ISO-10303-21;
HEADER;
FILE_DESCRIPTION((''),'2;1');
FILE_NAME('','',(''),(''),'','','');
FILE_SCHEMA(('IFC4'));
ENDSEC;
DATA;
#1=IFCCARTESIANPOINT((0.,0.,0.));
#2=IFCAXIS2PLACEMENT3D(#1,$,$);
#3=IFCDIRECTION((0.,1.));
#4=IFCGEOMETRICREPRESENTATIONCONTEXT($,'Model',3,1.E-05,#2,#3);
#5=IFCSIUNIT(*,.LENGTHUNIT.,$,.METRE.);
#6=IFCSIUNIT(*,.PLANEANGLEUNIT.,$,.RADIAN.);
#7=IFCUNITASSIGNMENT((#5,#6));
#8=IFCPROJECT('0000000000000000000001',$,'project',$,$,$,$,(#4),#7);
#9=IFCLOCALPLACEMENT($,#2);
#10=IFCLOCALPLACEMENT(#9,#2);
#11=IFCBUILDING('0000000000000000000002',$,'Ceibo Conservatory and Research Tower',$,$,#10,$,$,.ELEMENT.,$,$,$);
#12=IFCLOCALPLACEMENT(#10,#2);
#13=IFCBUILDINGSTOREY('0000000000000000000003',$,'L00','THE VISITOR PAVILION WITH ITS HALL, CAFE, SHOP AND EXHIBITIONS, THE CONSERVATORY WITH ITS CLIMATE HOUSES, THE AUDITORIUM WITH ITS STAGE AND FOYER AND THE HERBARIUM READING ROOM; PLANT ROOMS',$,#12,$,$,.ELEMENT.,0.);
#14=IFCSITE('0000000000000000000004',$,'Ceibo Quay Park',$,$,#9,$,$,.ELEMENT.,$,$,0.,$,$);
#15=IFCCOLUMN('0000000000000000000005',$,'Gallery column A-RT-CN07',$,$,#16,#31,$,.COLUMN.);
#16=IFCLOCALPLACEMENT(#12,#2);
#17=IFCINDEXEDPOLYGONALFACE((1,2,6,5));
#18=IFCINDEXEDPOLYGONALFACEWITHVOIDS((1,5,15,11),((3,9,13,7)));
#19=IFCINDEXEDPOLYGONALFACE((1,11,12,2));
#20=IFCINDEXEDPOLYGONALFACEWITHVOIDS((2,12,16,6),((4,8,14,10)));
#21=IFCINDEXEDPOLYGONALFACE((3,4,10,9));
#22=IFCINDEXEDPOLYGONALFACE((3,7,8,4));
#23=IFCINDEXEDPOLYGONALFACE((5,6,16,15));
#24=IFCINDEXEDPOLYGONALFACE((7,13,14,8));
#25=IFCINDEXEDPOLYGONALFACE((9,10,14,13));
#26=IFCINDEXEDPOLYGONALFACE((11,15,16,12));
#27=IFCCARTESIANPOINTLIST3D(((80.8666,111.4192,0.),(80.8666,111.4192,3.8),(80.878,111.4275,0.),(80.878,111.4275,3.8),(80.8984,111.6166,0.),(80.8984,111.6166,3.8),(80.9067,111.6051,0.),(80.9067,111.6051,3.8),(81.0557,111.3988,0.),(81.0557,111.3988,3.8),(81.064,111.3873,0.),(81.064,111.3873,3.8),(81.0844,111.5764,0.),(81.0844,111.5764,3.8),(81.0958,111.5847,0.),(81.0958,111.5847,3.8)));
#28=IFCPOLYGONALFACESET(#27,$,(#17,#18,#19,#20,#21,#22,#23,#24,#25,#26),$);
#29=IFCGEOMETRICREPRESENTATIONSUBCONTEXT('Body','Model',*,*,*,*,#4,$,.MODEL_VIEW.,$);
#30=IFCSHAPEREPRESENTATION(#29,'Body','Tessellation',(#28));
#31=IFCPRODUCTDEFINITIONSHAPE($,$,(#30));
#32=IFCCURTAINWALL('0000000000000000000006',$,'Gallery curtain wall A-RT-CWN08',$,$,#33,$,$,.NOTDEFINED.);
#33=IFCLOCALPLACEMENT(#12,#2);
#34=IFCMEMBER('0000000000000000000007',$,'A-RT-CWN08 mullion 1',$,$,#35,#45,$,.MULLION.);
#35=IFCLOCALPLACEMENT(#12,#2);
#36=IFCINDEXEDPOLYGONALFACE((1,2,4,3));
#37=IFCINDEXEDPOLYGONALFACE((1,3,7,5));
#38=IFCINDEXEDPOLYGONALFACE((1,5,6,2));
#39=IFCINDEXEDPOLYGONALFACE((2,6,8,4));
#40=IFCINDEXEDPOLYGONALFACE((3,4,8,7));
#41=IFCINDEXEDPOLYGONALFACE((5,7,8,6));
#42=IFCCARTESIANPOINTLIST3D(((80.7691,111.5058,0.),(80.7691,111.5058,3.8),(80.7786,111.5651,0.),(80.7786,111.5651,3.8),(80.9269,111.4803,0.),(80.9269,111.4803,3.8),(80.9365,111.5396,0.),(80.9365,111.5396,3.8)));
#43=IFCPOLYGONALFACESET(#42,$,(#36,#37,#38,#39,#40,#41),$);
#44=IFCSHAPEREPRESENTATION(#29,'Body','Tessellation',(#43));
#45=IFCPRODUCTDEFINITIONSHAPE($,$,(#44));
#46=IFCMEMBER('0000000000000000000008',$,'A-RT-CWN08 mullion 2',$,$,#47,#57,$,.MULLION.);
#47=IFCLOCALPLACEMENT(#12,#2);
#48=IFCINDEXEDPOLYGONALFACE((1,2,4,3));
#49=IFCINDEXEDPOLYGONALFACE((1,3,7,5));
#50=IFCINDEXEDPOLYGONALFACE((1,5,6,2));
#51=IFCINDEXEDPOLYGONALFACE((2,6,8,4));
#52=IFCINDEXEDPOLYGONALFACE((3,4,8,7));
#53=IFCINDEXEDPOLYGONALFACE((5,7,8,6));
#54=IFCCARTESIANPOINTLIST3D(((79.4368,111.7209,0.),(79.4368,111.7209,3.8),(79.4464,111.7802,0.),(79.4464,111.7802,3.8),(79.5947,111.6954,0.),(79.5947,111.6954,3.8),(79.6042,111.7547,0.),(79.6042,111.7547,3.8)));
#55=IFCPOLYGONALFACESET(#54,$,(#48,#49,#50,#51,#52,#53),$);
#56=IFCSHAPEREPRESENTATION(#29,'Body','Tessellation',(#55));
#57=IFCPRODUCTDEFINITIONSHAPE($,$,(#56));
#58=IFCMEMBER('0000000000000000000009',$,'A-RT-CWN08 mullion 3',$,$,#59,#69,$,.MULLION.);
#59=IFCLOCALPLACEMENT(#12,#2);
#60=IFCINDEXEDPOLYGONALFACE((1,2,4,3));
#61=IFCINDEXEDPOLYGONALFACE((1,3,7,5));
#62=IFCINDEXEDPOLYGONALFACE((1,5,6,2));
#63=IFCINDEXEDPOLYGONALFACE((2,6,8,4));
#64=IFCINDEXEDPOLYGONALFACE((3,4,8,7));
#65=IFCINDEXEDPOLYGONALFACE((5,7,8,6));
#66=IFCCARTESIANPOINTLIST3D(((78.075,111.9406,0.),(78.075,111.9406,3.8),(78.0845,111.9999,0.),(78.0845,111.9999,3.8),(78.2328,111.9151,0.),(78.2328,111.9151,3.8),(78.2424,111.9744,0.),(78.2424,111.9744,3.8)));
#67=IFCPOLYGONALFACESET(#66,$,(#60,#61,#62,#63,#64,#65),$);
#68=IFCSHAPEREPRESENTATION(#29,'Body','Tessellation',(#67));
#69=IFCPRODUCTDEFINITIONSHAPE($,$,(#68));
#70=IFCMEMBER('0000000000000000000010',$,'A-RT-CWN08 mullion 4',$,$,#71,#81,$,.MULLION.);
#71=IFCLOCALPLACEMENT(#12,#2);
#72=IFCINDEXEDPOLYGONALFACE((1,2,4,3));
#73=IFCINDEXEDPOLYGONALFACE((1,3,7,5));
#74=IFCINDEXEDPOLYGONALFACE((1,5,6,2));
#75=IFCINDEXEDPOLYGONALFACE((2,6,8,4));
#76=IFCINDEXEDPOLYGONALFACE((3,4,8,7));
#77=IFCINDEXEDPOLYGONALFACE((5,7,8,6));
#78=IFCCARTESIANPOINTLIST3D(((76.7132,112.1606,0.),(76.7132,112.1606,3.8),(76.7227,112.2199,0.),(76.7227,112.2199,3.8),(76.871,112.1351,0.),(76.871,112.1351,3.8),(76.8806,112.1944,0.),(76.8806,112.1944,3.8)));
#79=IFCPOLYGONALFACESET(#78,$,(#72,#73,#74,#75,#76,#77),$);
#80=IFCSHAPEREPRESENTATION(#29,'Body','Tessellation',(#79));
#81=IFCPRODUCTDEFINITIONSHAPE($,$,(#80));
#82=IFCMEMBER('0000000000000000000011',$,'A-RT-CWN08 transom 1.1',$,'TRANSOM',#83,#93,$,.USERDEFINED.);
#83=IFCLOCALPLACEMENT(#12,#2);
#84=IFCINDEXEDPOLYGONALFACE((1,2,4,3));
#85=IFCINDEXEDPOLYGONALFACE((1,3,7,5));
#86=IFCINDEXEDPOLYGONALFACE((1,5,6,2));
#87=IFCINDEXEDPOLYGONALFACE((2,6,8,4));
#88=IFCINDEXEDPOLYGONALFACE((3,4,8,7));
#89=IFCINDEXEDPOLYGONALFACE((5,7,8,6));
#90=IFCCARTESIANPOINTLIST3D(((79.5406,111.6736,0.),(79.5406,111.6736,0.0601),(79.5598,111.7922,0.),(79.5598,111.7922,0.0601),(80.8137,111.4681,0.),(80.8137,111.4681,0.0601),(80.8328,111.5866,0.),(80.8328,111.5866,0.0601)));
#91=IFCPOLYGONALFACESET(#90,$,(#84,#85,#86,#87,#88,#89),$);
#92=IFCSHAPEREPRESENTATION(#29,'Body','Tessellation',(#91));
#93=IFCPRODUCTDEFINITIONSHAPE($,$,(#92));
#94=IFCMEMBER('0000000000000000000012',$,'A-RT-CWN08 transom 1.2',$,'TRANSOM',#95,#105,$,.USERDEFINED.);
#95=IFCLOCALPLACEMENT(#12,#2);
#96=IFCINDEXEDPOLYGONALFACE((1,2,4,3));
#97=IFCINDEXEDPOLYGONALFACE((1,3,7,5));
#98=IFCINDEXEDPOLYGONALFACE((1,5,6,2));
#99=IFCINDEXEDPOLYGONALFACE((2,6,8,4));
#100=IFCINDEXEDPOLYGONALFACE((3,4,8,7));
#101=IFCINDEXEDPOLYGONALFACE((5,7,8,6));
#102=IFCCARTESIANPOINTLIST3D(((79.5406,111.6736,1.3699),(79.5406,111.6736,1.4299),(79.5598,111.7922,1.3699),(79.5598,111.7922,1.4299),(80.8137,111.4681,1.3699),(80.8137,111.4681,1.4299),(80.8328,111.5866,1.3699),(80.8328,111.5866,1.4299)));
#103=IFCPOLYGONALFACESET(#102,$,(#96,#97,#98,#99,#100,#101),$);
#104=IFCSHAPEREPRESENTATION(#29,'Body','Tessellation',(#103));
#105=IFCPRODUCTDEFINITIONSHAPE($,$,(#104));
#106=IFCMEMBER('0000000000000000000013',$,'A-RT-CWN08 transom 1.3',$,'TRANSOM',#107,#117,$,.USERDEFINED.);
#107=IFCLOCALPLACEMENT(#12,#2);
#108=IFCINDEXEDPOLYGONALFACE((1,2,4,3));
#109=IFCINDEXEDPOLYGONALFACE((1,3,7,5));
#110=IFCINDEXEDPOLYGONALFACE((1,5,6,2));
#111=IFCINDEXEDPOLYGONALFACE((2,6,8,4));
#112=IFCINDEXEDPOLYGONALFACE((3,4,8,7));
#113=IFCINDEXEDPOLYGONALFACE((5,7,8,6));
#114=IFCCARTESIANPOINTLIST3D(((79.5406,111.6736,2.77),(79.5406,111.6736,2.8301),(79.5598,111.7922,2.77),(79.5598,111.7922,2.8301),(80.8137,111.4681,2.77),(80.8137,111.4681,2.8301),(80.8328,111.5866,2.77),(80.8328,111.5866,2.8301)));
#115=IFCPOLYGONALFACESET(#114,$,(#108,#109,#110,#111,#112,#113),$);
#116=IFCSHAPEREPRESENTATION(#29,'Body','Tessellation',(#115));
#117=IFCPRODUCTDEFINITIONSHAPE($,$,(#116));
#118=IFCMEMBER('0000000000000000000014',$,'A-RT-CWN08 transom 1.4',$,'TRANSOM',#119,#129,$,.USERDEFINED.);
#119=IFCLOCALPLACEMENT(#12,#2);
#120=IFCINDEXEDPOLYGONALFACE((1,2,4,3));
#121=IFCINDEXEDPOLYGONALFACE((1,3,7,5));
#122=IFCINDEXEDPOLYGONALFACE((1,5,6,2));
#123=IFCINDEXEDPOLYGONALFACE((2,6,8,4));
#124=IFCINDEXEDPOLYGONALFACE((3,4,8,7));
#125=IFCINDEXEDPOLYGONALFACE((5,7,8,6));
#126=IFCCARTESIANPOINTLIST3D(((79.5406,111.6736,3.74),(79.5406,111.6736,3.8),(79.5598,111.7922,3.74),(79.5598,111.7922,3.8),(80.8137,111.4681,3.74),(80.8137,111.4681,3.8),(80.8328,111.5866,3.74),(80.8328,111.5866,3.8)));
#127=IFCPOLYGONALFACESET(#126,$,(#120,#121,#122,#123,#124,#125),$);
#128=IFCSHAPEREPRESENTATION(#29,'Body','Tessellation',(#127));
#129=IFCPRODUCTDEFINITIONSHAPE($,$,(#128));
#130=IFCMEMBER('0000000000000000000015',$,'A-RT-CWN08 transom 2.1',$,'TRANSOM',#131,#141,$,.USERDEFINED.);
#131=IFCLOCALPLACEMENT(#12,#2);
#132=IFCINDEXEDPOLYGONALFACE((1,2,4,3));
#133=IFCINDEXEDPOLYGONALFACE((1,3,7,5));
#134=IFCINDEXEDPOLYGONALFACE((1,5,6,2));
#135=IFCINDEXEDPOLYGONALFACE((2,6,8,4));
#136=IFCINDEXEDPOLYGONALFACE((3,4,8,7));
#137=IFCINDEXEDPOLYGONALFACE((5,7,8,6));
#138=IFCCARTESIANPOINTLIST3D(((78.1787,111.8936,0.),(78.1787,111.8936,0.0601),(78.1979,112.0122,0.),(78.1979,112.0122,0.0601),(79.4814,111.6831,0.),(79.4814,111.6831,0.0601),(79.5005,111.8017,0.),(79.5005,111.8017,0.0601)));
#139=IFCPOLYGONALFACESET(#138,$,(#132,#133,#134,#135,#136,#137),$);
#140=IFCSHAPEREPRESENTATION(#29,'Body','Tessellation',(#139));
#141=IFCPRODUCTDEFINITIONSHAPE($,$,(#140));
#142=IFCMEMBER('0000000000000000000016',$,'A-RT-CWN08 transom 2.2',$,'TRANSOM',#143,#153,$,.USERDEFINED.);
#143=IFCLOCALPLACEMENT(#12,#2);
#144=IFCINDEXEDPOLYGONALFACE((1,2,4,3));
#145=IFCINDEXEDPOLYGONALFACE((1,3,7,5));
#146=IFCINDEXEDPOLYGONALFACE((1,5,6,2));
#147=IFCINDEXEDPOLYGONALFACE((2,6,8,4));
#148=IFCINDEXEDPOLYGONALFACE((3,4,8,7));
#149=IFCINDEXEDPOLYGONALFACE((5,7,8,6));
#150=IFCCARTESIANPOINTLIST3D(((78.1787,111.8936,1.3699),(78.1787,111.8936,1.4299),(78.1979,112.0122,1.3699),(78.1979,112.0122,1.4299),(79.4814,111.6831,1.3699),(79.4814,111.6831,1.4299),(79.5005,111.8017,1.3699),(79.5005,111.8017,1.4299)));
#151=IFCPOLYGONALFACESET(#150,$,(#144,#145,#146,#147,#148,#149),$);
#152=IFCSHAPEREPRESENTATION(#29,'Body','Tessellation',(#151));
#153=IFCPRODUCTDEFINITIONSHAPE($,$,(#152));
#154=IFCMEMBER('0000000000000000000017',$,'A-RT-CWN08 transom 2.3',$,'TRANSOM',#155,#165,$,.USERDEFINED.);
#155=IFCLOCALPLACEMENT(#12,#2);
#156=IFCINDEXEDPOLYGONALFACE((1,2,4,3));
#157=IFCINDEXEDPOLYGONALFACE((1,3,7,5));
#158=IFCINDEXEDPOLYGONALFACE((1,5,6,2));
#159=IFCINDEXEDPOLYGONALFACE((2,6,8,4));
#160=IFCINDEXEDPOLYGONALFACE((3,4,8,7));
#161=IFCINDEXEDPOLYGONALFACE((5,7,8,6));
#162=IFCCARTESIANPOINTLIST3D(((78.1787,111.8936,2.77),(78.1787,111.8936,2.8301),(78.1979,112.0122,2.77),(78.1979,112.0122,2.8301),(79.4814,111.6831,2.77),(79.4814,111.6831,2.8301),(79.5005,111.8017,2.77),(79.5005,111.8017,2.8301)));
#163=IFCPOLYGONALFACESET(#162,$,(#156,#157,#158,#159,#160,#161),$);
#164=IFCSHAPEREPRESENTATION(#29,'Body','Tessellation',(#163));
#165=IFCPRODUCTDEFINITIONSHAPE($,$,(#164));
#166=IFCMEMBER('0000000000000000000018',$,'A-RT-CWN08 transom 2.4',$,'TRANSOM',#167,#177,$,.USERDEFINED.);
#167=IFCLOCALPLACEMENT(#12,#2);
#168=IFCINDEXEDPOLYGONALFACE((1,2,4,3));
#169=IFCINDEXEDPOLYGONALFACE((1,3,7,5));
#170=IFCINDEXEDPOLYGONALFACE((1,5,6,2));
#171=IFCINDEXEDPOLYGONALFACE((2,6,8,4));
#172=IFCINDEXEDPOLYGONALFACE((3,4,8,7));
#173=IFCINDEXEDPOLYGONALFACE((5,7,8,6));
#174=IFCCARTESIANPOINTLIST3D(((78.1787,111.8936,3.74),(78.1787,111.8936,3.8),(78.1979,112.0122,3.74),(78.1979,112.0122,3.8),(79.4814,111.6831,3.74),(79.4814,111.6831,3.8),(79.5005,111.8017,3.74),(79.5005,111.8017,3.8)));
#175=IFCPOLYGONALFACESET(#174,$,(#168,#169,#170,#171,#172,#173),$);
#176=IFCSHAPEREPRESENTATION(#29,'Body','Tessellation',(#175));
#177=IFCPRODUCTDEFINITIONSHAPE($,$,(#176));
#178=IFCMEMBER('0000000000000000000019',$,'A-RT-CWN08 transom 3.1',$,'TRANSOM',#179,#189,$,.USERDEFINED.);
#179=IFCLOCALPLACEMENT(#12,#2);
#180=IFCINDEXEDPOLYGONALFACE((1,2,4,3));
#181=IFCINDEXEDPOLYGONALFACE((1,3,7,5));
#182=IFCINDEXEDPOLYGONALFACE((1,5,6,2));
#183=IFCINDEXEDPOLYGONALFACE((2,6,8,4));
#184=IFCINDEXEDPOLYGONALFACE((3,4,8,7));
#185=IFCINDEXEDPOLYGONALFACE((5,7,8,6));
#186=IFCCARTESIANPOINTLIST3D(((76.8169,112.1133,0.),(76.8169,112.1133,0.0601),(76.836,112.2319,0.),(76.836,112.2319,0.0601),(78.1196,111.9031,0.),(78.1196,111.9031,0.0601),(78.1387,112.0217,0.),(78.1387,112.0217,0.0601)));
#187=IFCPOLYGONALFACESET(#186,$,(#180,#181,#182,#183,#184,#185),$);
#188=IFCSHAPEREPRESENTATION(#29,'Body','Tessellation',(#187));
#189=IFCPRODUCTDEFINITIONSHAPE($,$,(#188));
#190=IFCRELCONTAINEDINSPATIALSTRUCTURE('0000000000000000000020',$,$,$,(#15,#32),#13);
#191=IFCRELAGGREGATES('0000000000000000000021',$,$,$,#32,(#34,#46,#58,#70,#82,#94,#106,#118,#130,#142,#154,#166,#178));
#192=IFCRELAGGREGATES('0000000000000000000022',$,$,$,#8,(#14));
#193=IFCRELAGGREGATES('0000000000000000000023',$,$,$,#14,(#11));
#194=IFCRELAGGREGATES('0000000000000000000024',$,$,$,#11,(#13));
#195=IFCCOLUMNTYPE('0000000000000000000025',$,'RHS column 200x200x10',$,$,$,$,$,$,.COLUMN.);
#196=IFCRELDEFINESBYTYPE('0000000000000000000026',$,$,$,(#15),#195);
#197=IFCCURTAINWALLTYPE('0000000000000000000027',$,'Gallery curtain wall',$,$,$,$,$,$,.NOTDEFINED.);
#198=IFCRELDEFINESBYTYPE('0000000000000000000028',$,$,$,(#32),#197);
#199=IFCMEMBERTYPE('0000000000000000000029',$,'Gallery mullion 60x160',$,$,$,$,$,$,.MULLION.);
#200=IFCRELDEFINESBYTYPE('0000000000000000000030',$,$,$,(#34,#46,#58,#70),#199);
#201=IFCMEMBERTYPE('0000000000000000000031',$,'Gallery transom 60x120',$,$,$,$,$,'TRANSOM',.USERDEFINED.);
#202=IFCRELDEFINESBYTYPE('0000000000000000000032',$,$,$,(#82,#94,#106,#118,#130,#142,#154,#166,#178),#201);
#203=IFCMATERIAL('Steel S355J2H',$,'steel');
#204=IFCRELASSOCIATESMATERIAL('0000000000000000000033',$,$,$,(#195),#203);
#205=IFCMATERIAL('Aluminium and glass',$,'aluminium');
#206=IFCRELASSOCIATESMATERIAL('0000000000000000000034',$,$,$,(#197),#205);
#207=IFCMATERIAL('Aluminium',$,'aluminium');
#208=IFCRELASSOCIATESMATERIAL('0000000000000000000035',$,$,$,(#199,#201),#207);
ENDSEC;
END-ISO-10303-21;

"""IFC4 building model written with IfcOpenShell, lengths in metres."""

from ifc_helpers import new_model, si_unit, direction, frame, origin, origin_2d, place, context, subcontext, project, spatial, rectangle, hollow_rectangle, extrude, material, material_profile, profile_set, type_object, element, aggregate, save


model = new_model("IFC4")

# Units and contexts
model_context = context("Model", 3, precision=1e-05, world=origin(), true_north=direction((0.0, 1.0)))
body_context = subcontext(model_context, "Body", "Model", "MODEL_VIEW")
ifc_project = project(units=[si_unit("LENGTHUNIT", "METRE"), si_unit("PLANEANGLEUNIT", "RADIAN")], contexts=[model_context])

# Site, building, storey
site_placement = place(None, origin())
site = spatial("IfcSite", under=ifc_project, at=site_placement, Name="Ceibo Quay Park", CompositionType="ELEMENT", RefElevation=0.0)
building_placement = place(site_placement, origin())
building = spatial("IfcBuilding", under=site, at=building_placement, Name="Ceibo Conservatory and Research Tower", CompositionType="ELEMENT")
storey_placement = place(building_placement, origin())
storey = spatial("IfcBuildingStorey", under=building, at=storey_placement, Name="L00", Description="THE VISITOR PAVILION WITH ITS HALL, CAFE, SHOP AND EXHIBITIONS, THE CONSERVATORY WITH ITS CLIMATE HOUSES, THE AUDITORIUM WITH ITS STAGE AND FOYER AND THE HERBARIUM READING ROOM; PLANT ROOMS", CompositionType="ELEMENT", Elevation=0.0)

# Column
ifc_material_1 = material(Name="Steel S355J2H", Category="steel")
ifc_material_profile_1 = material_profile(ifc_material_1, hollow_rectangle(XDim=0.2, YDim=0.2, WallThickness=0.01, at=origin_2d()), Name="RHS column 200x200x10")
ifc_profile_set_1 = profile_set([ifc_material_profile_1], Name="Steel S355J2H")
column_type = type_object("IfcColumnType", Name="RHS column 200x200x10", PredefinedType="COLUMN", material=ifc_profile_set_1)
column_placement = place(storey_placement, frame((80.9812, 111.502, 0.0), z_axis=(0.0, 0.0, 1.0), x_axis=(-0.987216, 0.159391, 0.0)))
element("IfcColumn", 1, at=column_placement, inside=storey, type_object=column_type, Name="Gallery column A-RT-CN07", PredefinedType="COLUMN", context=body_context, shape_type="SweptSolid", body=[
    extrude(hollow_rectangle(XDim=0.2, YDim=0.2, WallThickness=0.01, at=origin_2d()), origin(), (0.0, 0.0, 1.0), 3.8),
])

# Curtain wall, members
ifc_material_2 = material(Name="Aluminium and glass", Category="aluminium")
curtain_wall_type = type_object("IfcCurtainWallType", Name="Gallery curtain wall", PredefinedType="NOTDEFINED", material=ifc_material_2)
curtain_wall_placement = place(storey_placement, origin())
curtain_wall = element("IfcCurtainWall", 2, at=curtain_wall_placement, inside=storey, type_object=curtain_wall_type, Name="Gallery curtain wall A-RT-CWN08", PredefinedType="NOTDEFINED")
ifc_material_3 = material(Name="Aluminium", Category="aluminium")
ifc_material_profile_2 = material_profile(ifc_material_3, rectangle(XDim=0.0601, YDim=0.1599, at=origin_2d()), Name="AL 60x160")
ifc_profile_set_2 = profile_set([ifc_material_profile_2], Name="Aluminium")
member_type_1 = type_object("IfcMemberType", Name="Gallery mullion 60x160", PredefinedType="MULLION", material=ifc_profile_set_2)
member_1_placement = place(storey_placement, frame((80.8528, 111.5227, 0.0), z_axis=(0.0, 0.0, 1.0), x_axis=(-0.159391, -0.987216, 0.0)))
member_1 = element("IfcMember", 3, at=member_1_placement, type_object=member_type_1, Name="A-RT-CWN08 mullion 1", PredefinedType="MULLION", context=body_context, shape_type="SweptSolid", body=[
    extrude(rectangle(XDim=0.0601, YDim=0.1599, at=origin_2d()), origin(), (0.0, 0.0, 1.0), 3.8),
])
member_2_placement = place(storey_placement, frame((79.5205, 111.7378, 0.0), z_axis=(0.0, 0.0, 1.0), x_axis=(-0.159391, -0.987216, 0.0)))
member_2 = element("IfcMember", 4, at=member_2_placement, type_object=member_type_1, Name="A-RT-CWN08 mullion 2", PredefinedType="MULLION", context=body_context, shape_type="SweptSolid", body=[
    extrude(rectangle(XDim=0.0601, YDim=0.1599, at=origin_2d()), origin(), (0.0, 0.0, 1.0), 3.8),
])
member_3_placement = place(storey_placement, frame((78.1587, 111.9575, 0.0), z_axis=(0.0, 0.0, 1.0), x_axis=(-0.159391, -0.987216, 0.0)))
member_3 = element("IfcMember", 5, at=member_3_placement, type_object=member_type_1, Name="A-RT-CWN08 mullion 3", PredefinedType="MULLION", context=body_context, shape_type="SweptSolid", body=[
    extrude(rectangle(XDim=0.0601, YDim=0.1599, at=origin_2d()), origin(), (0.0, 0.0, 1.0), 3.8),
])
member_4_placement = place(storey_placement, frame((76.7969, 112.1775, 0.0), z_axis=(0.0, 0.0, 1.0), x_axis=(-0.159391, -0.987216, 0.0)))
member_4 = element("IfcMember", 6, at=member_4_placement, type_object=member_type_1, Name="A-RT-CWN08 mullion 4", PredefinedType="MULLION", context=body_context, shape_type="SweptSolid", body=[
    extrude(rectangle(XDim=0.0601, YDim=0.1599, at=origin_2d()), origin(), (0.0, 0.0, 1.0), 3.8),
])
ifc_material_profile_3 = material_profile(ifc_material_3, rectangle(XDim=0.1201, YDim=0.0601, at=origin_2d()), Name="AL 60x120")
ifc_profile_set_3 = profile_set([ifc_material_profile_3], Name="Aluminium")
member_type_2 = type_object("IfcMemberType", Name="Gallery transom 60x120", ElementType="TRANSOM", PredefinedType="USERDEFINED", material=ifc_profile_set_3)
member_5_placement = place(storey_placement, frame((80.8232, 111.5273, 0.03), z_axis=(-0.98721, 0.159423, 0.0), x_axis=(-0.159423, -0.98721, 0.0)))
member_5 = element("IfcMember", 7, at=member_5_placement, type_object=member_type_2, Name="A-RT-CWN08 transom 1.1", ObjectType="TRANSOM", PredefinedType="USERDEFINED", context=body_context, shape_type="SweptSolid", body=[
    extrude(rectangle(XDim=0.1201, YDim=0.0601, at=origin_2d()), origin(), (0.0, 0.0, 1.0), 1.2896),
])
member_6_placement = place(storey_placement, frame((80.8232, 111.5273, 1.3999), z_axis=(-0.98721, 0.159423, 0.0), x_axis=(-0.159423, -0.98721, 0.0)))
member_6 = element("IfcMember", 8, at=member_6_placement, type_object=member_type_2, Name="A-RT-CWN08 transom 1.2", ObjectType="TRANSOM", PredefinedType="USERDEFINED", context=body_context, shape_type="SweptSolid", body=[
    extrude(rectangle(XDim=0.1201, YDim=0.0601, at=origin_2d()), origin(), (0.0, 0.0, 1.0), 1.2896),
])
member_7_placement = place(storey_placement, frame((80.8232, 111.5273, 2.8), z_axis=(-0.98721, 0.159423, 0.0), x_axis=(-0.159423, -0.98721, 0.0)))
member_7 = element("IfcMember", 9, at=member_7_placement, type_object=member_type_2, Name="A-RT-CWN08 transom 1.3", ObjectType="TRANSOM", PredefinedType="USERDEFINED", context=body_context, shape_type="SweptSolid", body=[
    extrude(rectangle(XDim=0.1201, YDim=0.0601, at=origin_2d()), origin(), (0.0, 0.0, 1.0), 1.2896),
])
member_8_placement = place(storey_placement, frame((80.8232, 111.5273, 3.77), z_axis=(-0.98721, 0.159423, 0.0), x_axis=(-0.159423, -0.98721, 0.0)))
member_8 = element("IfcMember", 10, at=member_8_placement, type_object=member_type_2, Name="A-RT-CWN08 transom 1.4", ObjectType="TRANSOM", PredefinedType="USERDEFINED", context=body_context, shape_type="SweptSolid", body=[
    extrude(rectangle(XDim=0.1201, YDim=0.0601, at=origin_2d()), origin(), (0.0, 0.0, 1.0), 1.2896),
])
member_9_placement = place(storey_placement, frame((79.491, 111.7424, 0.03), z_axis=(-0.987202, 0.159477, 0.0), x_axis=(-0.159477, -0.987202, 0.0)))
member_9 = element("IfcMember", 11, at=member_9_placement, type_object=member_type_2, Name="A-RT-CWN08 transom 2.1", ObjectType="TRANSOM", PredefinedType="USERDEFINED", context=body_context, shape_type="SweptSolid", body=[
    extrude(rectangle(XDim=0.1201, YDim=0.0601, at=origin_2d()), origin(), (0.0, 0.0, 1.0), 1.3196),
])
member_10_placement = place(storey_placement, frame((79.491, 111.7424, 1.3999), z_axis=(-0.987202, 0.159477, 0.0), x_axis=(-0.159477, -0.987202, 0.0)))
member_10 = element("IfcMember", 12, at=member_10_placement, type_object=member_type_2, Name="A-RT-CWN08 transom 2.2", ObjectType="TRANSOM", PredefinedType="USERDEFINED", context=body_context, shape_type="SweptSolid", body=[
    extrude(rectangle(XDim=0.1201, YDim=0.0601, at=origin_2d()), origin(), (0.0, 0.0, 1.0), 1.3196),
])
member_11_placement = place(storey_placement, frame((79.491, 111.7424, 2.8), z_axis=(-0.987202, 0.159477, 0.0), x_axis=(-0.159477, -0.987202, 0.0)))
member_11 = element("IfcMember", 13, at=member_11_placement, type_object=member_type_2, Name="A-RT-CWN08 transom 2.3", ObjectType="TRANSOM", PredefinedType="USERDEFINED", context=body_context, shape_type="SweptSolid", body=[
    extrude(rectangle(XDim=0.1201, YDim=0.0601, at=origin_2d()), origin(), (0.0, 0.0, 1.0), 1.3196),
])
member_12_placement = place(storey_placement, frame((79.491, 111.7424, 3.77), z_axis=(-0.987202, 0.159477, 0.0), x_axis=(-0.159477, -0.987202, 0.0)))
member_12 = element("IfcMember", 14, at=member_12_placement, type_object=member_type_2, Name="A-RT-CWN08 transom 2.4", ObjectType="TRANSOM", PredefinedType="USERDEFINED", context=body_context, shape_type="SweptSolid", body=[
    extrude(rectangle(XDim=0.1201, YDim=0.0601, at=origin_2d()), origin(), (0.0, 0.0, 1.0), 1.3196),
])
member_13_placement = place(storey_placement, frame((78.1292, 111.9624, 0.03), z_axis=(-0.987231, 0.159296, 0.0), x_axis=(-0.159296, -0.987231, 0.0)))
member_13 = element("IfcMember", 15, at=member_13_placement, type_object=member_type_2, Name="A-RT-CWN08 transom 3.1", ObjectType="TRANSOM", PredefinedType="USERDEFINED", context=body_context, shape_type="SweptSolid", body=[
    extrude(rectangle(XDim=0.1201, YDim=0.0601, at=origin_2d()), origin(), (0.0, 0.0, 1.0), 1.3196),
])

aggregate(curtain_wall, [member_1, member_2, member_3, member_4, member_5, member_6, member_7, member_8, member_9, member_10, member_11, member_12, member_13])

save(model, "model.ifc")
